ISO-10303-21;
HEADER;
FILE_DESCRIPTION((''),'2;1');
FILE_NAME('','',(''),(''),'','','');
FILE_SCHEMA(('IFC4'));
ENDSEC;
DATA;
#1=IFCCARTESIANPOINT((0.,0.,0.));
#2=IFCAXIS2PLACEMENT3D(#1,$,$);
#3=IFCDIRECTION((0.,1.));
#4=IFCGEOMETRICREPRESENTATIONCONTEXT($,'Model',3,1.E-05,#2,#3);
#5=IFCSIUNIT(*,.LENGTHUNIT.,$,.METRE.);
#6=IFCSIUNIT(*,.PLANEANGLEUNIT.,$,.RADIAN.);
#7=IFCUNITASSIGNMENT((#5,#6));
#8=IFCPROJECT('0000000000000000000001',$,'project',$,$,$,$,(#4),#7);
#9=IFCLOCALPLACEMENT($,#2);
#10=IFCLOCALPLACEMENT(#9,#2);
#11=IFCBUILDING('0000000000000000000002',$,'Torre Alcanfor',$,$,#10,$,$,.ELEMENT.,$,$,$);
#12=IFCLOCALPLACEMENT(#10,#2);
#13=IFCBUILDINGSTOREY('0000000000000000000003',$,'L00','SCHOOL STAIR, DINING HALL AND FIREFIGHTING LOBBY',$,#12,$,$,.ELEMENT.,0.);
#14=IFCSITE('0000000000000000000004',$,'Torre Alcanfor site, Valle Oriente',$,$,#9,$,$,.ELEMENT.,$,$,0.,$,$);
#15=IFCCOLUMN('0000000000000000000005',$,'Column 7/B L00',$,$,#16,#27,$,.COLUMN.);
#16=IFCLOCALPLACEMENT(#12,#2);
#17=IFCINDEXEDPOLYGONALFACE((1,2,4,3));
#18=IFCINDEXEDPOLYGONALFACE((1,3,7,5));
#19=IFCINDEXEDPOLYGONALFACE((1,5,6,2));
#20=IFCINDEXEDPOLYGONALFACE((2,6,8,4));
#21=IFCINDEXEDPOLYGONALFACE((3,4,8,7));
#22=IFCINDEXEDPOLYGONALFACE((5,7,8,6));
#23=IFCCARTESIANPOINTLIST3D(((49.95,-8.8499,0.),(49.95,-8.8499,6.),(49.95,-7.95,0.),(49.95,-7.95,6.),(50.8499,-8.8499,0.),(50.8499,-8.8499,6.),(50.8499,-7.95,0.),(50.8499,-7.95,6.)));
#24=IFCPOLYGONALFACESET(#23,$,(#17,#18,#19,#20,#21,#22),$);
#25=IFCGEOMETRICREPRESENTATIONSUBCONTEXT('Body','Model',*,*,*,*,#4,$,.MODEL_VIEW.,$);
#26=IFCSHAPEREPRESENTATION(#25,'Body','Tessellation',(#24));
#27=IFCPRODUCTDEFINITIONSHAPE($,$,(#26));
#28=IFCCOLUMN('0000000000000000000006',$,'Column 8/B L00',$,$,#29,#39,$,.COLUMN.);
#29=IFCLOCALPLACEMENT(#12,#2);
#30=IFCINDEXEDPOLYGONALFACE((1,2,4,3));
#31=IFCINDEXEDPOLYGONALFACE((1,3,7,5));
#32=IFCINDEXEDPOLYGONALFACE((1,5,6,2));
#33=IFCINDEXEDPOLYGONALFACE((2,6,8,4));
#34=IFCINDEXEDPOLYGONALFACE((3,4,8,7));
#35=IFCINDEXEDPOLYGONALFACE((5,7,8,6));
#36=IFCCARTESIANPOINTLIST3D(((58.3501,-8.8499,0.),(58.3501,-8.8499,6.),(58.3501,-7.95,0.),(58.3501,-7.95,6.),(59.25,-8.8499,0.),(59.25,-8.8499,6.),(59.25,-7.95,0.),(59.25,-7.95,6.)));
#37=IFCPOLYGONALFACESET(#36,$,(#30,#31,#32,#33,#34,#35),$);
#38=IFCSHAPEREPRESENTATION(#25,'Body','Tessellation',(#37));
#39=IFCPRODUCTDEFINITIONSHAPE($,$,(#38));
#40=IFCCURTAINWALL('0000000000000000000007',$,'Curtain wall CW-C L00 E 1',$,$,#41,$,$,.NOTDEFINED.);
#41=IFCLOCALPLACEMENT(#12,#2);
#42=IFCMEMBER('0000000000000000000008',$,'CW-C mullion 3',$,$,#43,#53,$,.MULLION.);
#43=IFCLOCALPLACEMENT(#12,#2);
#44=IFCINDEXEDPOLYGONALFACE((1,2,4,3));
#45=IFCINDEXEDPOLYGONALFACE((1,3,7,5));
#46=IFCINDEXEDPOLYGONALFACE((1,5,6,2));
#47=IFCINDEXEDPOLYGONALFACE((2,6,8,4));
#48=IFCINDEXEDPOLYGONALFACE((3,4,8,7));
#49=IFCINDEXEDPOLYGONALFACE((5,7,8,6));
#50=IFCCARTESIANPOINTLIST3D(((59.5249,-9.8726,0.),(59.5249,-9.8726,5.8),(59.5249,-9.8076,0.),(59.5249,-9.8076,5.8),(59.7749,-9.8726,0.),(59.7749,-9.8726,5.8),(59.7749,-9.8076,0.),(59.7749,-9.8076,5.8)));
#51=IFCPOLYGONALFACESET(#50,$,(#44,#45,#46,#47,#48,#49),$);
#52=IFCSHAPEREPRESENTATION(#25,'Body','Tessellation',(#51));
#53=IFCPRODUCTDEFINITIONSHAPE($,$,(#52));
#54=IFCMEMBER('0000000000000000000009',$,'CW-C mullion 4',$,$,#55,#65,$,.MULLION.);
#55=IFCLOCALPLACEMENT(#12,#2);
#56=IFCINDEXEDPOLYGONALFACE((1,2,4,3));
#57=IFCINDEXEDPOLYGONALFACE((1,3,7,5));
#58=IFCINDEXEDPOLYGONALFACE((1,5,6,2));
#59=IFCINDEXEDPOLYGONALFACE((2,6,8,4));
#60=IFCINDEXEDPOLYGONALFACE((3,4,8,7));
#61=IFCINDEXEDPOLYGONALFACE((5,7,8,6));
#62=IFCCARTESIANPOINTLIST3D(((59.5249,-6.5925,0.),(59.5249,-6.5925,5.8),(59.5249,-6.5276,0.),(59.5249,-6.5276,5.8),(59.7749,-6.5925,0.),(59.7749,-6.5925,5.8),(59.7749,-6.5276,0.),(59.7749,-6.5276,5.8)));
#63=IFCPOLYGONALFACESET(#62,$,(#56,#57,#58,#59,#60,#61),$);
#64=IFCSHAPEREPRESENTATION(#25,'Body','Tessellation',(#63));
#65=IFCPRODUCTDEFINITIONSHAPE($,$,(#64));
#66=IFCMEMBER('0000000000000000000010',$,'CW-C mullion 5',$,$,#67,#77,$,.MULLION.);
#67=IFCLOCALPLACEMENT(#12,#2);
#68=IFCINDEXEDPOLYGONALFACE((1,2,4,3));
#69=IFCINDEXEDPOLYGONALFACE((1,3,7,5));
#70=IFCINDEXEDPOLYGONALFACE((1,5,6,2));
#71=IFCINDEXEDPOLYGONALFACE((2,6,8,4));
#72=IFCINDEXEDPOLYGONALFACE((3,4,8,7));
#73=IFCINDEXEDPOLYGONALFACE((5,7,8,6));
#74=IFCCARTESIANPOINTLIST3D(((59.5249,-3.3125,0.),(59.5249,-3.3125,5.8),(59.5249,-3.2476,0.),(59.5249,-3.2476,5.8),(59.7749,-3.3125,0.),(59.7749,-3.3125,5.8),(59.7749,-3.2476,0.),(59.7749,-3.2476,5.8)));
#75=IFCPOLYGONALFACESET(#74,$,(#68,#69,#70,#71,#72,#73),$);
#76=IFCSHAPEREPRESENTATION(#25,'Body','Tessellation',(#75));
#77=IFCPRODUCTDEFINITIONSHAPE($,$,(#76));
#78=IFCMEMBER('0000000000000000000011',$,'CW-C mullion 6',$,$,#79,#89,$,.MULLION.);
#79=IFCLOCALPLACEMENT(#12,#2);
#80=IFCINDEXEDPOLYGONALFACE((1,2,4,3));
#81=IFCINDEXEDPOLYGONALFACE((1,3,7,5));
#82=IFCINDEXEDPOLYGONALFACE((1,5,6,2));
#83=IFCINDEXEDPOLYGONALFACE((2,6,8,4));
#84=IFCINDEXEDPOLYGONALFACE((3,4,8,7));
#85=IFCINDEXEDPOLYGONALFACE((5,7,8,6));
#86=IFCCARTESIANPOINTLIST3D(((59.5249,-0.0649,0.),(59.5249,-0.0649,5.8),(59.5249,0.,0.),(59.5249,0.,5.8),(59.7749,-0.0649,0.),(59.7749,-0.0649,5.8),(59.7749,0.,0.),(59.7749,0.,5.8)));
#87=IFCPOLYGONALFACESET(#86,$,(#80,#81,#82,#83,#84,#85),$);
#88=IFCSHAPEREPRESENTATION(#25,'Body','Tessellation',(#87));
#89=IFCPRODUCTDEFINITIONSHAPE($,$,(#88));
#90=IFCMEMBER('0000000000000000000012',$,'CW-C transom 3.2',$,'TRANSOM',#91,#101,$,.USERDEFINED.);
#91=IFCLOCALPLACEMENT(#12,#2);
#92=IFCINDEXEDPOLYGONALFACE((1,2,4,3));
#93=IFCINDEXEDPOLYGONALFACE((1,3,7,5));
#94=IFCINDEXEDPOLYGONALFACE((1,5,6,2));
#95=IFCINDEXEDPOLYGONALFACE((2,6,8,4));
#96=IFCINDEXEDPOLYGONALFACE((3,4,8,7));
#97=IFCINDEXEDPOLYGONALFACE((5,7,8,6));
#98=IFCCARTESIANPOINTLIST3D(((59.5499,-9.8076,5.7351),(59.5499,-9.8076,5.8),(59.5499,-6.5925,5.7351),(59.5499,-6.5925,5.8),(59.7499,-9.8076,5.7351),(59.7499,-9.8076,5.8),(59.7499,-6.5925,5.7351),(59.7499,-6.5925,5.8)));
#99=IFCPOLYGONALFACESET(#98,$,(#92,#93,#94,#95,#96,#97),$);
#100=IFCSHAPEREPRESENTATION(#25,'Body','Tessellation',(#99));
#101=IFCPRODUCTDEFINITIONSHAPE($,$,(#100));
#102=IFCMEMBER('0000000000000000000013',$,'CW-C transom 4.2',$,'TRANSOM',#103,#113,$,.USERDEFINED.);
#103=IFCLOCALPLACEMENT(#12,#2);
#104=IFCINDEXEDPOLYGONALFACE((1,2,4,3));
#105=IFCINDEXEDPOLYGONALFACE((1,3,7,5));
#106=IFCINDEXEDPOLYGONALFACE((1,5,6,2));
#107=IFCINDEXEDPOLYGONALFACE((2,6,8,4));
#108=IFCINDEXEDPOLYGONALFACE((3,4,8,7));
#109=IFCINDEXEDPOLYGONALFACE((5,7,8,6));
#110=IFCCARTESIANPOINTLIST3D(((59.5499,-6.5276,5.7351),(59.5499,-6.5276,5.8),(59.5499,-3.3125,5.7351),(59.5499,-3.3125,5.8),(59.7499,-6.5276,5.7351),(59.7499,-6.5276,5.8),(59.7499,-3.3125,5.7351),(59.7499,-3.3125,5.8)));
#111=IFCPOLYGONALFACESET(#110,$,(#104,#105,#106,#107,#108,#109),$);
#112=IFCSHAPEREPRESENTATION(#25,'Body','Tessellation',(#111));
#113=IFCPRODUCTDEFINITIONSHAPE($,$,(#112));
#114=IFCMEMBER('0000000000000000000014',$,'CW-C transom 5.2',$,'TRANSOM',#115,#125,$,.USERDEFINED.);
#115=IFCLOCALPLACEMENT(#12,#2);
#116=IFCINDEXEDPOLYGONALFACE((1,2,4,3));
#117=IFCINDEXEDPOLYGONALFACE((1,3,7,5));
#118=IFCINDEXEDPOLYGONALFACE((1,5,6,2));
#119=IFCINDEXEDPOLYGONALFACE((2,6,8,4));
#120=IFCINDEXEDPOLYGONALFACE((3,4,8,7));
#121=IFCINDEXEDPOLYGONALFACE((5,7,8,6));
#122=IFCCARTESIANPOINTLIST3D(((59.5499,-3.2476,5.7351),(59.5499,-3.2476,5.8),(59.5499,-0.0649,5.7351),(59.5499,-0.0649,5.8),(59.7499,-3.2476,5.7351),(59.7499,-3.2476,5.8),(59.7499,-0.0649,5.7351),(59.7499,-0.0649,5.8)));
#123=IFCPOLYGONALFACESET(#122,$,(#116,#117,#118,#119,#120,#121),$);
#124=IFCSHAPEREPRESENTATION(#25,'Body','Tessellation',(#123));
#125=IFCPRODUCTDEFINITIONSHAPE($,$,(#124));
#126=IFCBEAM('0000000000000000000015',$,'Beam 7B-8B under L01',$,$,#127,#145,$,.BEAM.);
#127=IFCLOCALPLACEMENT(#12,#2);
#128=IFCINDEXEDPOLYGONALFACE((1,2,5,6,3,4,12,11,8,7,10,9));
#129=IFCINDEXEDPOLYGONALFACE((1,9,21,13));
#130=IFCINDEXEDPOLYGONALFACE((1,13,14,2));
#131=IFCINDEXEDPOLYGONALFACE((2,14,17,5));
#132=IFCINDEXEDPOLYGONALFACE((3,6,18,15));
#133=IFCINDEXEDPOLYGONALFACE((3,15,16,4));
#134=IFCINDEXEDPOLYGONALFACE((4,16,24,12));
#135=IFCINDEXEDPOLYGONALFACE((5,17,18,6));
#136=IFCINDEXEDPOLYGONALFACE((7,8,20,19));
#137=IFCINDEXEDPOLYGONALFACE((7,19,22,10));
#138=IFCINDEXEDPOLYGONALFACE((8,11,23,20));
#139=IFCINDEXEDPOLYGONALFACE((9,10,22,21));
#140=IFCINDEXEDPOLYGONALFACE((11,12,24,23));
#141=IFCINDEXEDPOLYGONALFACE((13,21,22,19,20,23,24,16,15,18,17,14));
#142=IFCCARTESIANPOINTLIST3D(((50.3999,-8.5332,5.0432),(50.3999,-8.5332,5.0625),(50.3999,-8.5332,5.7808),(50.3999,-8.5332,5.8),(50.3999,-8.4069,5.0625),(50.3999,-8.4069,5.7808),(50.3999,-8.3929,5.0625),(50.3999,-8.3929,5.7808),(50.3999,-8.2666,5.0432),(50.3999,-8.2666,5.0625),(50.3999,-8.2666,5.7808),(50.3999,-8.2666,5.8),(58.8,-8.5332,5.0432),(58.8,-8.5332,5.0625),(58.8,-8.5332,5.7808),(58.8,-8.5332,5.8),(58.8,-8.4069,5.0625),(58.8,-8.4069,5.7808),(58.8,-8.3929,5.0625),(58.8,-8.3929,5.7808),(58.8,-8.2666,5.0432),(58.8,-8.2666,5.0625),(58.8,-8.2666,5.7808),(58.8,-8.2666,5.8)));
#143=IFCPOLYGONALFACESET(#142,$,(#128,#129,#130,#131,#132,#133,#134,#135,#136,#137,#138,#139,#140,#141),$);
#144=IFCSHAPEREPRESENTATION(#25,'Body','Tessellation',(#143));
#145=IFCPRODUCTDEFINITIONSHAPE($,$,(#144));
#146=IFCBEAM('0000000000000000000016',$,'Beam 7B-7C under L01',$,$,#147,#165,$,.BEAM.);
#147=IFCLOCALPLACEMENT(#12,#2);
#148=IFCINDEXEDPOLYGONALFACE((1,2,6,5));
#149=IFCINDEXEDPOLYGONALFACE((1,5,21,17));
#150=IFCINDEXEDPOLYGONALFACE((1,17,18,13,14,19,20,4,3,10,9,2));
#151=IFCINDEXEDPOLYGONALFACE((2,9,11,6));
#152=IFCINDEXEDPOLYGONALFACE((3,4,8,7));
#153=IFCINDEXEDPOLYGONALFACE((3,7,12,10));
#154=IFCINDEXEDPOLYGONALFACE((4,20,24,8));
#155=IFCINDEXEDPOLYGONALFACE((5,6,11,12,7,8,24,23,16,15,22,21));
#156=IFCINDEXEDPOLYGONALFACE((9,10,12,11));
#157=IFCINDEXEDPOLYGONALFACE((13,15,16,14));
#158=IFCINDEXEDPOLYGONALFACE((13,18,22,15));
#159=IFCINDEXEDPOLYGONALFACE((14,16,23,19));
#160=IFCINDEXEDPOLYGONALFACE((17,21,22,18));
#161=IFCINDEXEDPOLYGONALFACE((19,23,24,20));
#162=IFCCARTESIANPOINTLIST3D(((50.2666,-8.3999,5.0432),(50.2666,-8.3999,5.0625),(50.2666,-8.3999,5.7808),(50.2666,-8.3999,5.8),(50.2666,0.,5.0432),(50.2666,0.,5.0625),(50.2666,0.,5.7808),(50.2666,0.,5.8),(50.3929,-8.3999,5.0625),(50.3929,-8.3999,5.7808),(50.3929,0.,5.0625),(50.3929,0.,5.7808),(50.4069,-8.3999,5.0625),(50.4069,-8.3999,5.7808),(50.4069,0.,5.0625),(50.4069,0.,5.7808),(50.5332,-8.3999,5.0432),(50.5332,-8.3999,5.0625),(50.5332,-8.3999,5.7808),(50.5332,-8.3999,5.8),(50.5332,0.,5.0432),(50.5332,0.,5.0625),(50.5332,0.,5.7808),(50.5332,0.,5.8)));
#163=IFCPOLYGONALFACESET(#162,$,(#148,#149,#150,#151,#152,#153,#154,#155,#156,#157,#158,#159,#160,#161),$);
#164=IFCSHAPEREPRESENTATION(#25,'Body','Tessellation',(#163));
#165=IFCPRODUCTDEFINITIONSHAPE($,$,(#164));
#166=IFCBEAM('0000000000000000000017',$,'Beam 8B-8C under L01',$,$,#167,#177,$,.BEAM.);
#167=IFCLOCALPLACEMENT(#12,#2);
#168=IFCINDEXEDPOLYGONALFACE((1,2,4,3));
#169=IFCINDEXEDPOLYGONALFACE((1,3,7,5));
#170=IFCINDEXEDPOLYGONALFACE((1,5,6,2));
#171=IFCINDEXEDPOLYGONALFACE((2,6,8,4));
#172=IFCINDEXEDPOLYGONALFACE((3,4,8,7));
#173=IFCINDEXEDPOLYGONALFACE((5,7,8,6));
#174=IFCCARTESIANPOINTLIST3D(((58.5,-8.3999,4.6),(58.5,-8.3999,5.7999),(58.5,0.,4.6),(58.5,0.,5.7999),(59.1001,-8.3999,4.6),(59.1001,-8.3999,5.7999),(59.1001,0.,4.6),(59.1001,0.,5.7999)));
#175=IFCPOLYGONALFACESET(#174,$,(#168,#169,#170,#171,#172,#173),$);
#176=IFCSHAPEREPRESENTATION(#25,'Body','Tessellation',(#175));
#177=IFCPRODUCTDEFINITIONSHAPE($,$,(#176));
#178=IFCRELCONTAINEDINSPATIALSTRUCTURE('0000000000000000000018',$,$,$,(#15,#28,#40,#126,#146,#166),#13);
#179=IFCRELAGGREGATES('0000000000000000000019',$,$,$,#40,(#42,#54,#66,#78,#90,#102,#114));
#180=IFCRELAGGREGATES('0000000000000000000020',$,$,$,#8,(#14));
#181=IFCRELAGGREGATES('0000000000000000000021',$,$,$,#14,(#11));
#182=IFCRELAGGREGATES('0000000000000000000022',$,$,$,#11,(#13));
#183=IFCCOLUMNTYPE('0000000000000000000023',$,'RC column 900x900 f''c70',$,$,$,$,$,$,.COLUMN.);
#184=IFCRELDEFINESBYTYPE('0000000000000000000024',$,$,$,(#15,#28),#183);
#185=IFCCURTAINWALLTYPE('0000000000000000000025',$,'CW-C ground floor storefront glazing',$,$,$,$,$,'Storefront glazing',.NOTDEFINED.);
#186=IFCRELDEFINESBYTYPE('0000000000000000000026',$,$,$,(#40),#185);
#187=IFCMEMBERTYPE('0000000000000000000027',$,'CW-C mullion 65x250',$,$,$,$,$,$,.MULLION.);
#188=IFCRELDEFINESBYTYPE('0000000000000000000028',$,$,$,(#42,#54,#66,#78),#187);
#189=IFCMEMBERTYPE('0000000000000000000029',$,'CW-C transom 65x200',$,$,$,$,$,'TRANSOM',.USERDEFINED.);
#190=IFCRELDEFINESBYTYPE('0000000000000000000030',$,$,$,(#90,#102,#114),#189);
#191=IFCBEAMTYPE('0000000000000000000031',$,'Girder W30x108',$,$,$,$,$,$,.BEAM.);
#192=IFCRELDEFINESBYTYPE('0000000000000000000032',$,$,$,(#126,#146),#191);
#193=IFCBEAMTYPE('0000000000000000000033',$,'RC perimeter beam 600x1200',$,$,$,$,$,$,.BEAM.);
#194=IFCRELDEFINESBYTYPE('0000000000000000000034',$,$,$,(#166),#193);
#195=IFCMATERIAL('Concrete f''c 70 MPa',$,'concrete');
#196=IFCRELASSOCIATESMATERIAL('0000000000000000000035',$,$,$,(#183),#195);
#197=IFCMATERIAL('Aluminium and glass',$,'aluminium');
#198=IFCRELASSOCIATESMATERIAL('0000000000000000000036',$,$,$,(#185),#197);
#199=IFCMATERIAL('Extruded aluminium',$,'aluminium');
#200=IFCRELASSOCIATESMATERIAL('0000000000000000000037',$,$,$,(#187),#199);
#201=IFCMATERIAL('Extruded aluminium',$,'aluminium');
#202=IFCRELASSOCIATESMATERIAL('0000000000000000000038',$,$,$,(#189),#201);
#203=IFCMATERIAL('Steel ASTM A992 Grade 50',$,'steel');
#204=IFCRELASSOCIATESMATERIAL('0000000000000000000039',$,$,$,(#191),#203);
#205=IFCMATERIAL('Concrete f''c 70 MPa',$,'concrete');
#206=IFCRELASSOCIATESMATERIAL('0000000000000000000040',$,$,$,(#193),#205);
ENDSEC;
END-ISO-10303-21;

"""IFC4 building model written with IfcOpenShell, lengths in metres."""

from ifc_helpers import new_model, si_unit, direction, frame, origin, origin_2d, place, context, subcontext, project, spatial, rectangle, i_section, extrude, material, material_profile, profile_set, type_object, element, aggregate, save


model = new_model("IFC4")

# Units and contexts
model_context = context("Model", 3, precision=1e-05, world=origin(), true_north=direction((0.0, 1.0)))
body_context = subcontext(model_context, "Body", "Model", "MODEL_VIEW")
ifc_project = project(units=[si_unit("LENGTHUNIT", "METRE"), si_unit("PLANEANGLEUNIT", "RADIAN")], contexts=[model_context])

# Site, building, storey
site_placement = place(None, origin())
site = spatial("IfcSite", under=ifc_project, at=site_placement, Name="Torre Alcanfor site, Valle Oriente", CompositionType="ELEMENT", RefElevation=0.0)
building_placement = place(site_placement, origin())
building = spatial("IfcBuilding", under=site, at=building_placement, Name="Torre Alcanfor", CompositionType="ELEMENT")
storey_placement = place(building_placement, origin())
storey = spatial("IfcBuildingStorey", under=building, at=storey_placement, Name="L00", Description="SCHOOL STAIR, DINING HALL AND FIREFIGHTING LOBBY", CompositionType="ELEMENT", Elevation=0.0)

# Columns
ifc_material_1 = material(Name="Concrete f'c 70 MPa", Category="concrete")
ifc_material_profile_1 = material_profile(ifc_material_1, rectangle(XDim=0.8999, YDim=0.8999, at=origin_2d()), Name="900x900")
ifc_profile_set_1 = profile_set([ifc_material_profile_1], Name="Concrete f'c 70 MPa")
column_type = type_object("IfcColumnType", Name="RC column 900x900 f'c70", PredefinedType="COLUMN", material=ifc_profile_set_1)
for number, where, z_axis, x_axis, name in (
    (1, (50.3999, -8.3999, 0.0), (0.0, 0.0, 1.0), (1.0, 0.0, 0.0), "Column 7/B L00"),
    (2, (58.8, -8.3999, 0.0), (0.0, 0.0, 1.0), (1.0, 0.0, 0.0), "Column 8/B L00"),
):
    element("IfcColumn", number, at=place(storey_placement, frame(where, z_axis=z_axis, x_axis=x_axis)), inside=storey, type_object=column_type, Name=name, PredefinedType="COLUMN", context=body_context, shape_type="SweptSolid", body=[
        extrude(rectangle(XDim=0.8999, YDim=0.8999, at=origin_2d()), origin(), (0.0, 0.0, 1.0), 6.0),
    ])

# Curtain wall, members
ifc_material_2 = material(Name="Aluminium and glass", Category="aluminium")
curtain_wall_type = type_object("IfcCurtainWallType", Name="CW-C ground floor storefront glazing", ElementType="Storefront glazing", PredefinedType="NOTDEFINED", material=ifc_material_2)
curtain_wall_placement = place(storey_placement, origin())
curtain_wall = element("IfcCurtainWall", 3, at=curtain_wall_placement, inside=storey, type_object=curtain_wall_type, Name="Curtain wall CW-C L00 E 1", PredefinedType="NOTDEFINED")
ifc_material_3 = material(Name="Extruded aluminium", Category="aluminium")
ifc_material_profile_2 = material_profile(ifc_material_3, rectangle(XDim=0.25, YDim=0.0649, at=origin_2d()), Name="CW-C mullion 65x250")
ifc_profile_set_2 = profile_set([ifc_material_profile_2], Name="Extruded aluminium")
member_type_1 = type_object("IfcMemberType", Name="CW-C mullion 65x250", PredefinedType="MULLION", material=ifc_profile_set_2)
member_1_placement = place(storey_placement, frame((59.6499, -9.8401, 0.0), z_axis=(0.0, 0.0, 1.0), x_axis=(-1.0, 0.0, 0.0)))
member_1 = element("IfcMember", 4, at=member_1_placement, type_object=member_type_1, Name="CW-C mullion 3", PredefinedType="MULLION", context=body_context, shape_type="SweptSolid", body=[
    extrude(rectangle(XDim=0.25, YDim=0.0649, at=origin_2d()), origin(), (0.0, 0.0, 1.0), 5.8),
])
member_2_placement = place(storey_placement, frame((59.6499, -6.5601, 0.0), z_axis=(0.0, 0.0, 1.0), x_axis=(-1.0, 0.0, 0.0)))
member_2 = element("IfcMember", 5, at=member_2_placement, type_object=member_type_1, Name="CW-C mullion 4", PredefinedType="MULLION", context=body_context, shape_type="SweptSolid", body=[
    extrude(rectangle(XDim=0.25, YDim=0.0649, at=origin_2d()), origin(), (0.0, 0.0, 1.0), 5.8),
])
member_3_placement = place(storey_placement, frame((59.6499, -3.28, 0.0), z_axis=(0.0, 0.0, 1.0), x_axis=(-1.0, 0.0, 0.0)))
member_3 = element("IfcMember", 6, at=member_3_placement, type_object=member_type_1, Name="CW-C mullion 5", PredefinedType="MULLION", context=body_context, shape_type="SweptSolid", body=[
    extrude(rectangle(XDim=0.25, YDim=0.0649, at=origin_2d()), origin(), (0.0, 0.0, 1.0), 5.8),
])
member_4_placement = place(storey_placement, frame((59.6499, -0.0325, 0.0), z_axis=(0.0, 0.0, 1.0), x_axis=(-1.0, 0.0, 0.0)))
member_4 = element("IfcMember", 7, at=member_4_placement, type_object=member_type_1, Name="CW-C mullion 6", PredefinedType="MULLION", context=body_context, shape_type="SweptSolid", body=[
    extrude(rectangle(XDim=0.25, YDim=0.0649, at=origin_2d()), origin(), (0.0, 0.0, 1.0), 5.8),
])
ifc_material_4 = material(Name="Extruded aluminium", Category="aluminium")
ifc_material_profile_3 = material_profile(ifc_material_4, rectangle(XDim=0.2, YDim=0.0649, at=origin_2d()), Name="CW-C transom 200x65")
ifc_profile_set_3 = profile_set([ifc_material_profile_3], Name="Extruded aluminium")
member_type_2 = type_object("IfcMemberType", Name="CW-C transom 65x200", ElementType="TRANSOM", PredefinedType="USERDEFINED", material=ifc_profile_set_3)
member_5_placement = place(storey_placement, frame((59.6499, -9.8076, 5.7676), z_axis=(0.0, 1.0, 0.0), x_axis=(-1.0, 0.0, 0.0)))
member_5 = element("IfcMember", 8, at=member_5_placement, type_object=member_type_2, Name="CW-C transom 3.2", ObjectType="TRANSOM", PredefinedType="USERDEFINED", context=body_context, shape_type="SweptSolid", body=[
    extrude(rectangle(XDim=0.2, YDim=0.0649, at=origin_2d()), origin(), (0.0, 0.0, 1.0), 3.2151),
])
member_6_placement = place(storey_placement, frame((59.6499, -6.5276, 5.7676), z_axis=(0.0, 1.0, 0.0), x_axis=(-1.0, 0.0, 0.0)))
member_6 = element("IfcMember", 9, at=member_6_placement, type_object=member_type_2, Name="CW-C transom 4.2", ObjectType="TRANSOM", PredefinedType="USERDEFINED", context=body_context, shape_type="SweptSolid", body=[
    extrude(rectangle(XDim=0.2, YDim=0.0649, at=origin_2d()), origin(), (0.0, 0.0, 1.0), 3.2151),
])
member_7_placement = place(storey_placement, frame((59.6499, -3.2476, 5.7676), z_axis=(0.0, 1.0, 0.0), x_axis=(-1.0, 0.0, 0.0)))
member_7 = element("IfcMember", 10, at=member_7_placement, type_object=member_type_2, Name="CW-C transom 5.2", ObjectType="TRANSOM", PredefinedType="USERDEFINED", context=body_context, shape_type="SweptSolid", body=[
    extrude(rectangle(XDim=0.2, YDim=0.0649, at=origin_2d()), origin(), (0.0, 0.0, 1.0), 3.1826),
])

# Beams
ifc_material_5 = material(Name="Steel ASTM A992 Grade 50", Category="steel")
ifc_material_profile_4 = material_profile(ifc_material_5, i_section(OverallWidth=0.2666, OverallDepth=0.7568, WebThickness=0.0139, FlangeThickness=0.0193, at=origin_2d()), Name="W30x108")
ifc_profile_set_4 = profile_set([ifc_material_profile_4], Name="Steel ASTM A992 Grade 50")
beam_type_1 = type_object("IfcBeamType", Name="Girder W30x108", PredefinedType="BEAM", material=ifc_profile_set_4)
beam_1_placement = place(storey_placement, frame((50.3999, -8.3999, 5.4216), z_axis=(1.0, 0.0, 0.0), x_axis=(0.0, 1.0, 0.0)))
element("IfcBeam", 11, at=beam_1_placement, inside=storey, type_object=beam_type_1, Name="Beam 7B-8B under L01", PredefinedType="BEAM", context=body_context, shape_type="SweptSolid", body=[
    extrude(i_section(OverallWidth=0.2666, OverallDepth=0.7568, WebThickness=0.0139, FlangeThickness=0.0193, at=origin_2d()), origin(), (0.0, 0.0, 1.0), 8.4001),
])
beam_2_placement = place(storey_placement, frame((50.3999, -8.3999, 5.4216), z_axis=(0.0, 1.0, 0.0), x_axis=(-1.0, 0.0, 0.0)))
element("IfcBeam", 12, at=beam_2_placement, inside=storey, type_object=beam_type_1, Name="Beam 7B-7C under L01", PredefinedType="BEAM", context=body_context, shape_type="SweptSolid", body=[
    extrude(i_section(OverallWidth=0.2666, OverallDepth=0.7568, WebThickness=0.0139, FlangeThickness=0.0193, at=origin_2d()), origin(), (0.0, 0.0, 1.0), 8.3999),
])
ifc_material_6 = material(Name="Concrete f'c 70 MPa", Category="concrete")
ifc_material_profile_5 = material_profile(ifc_material_6, rectangle(XDim=0.6001, YDim=1.2, at=origin_2d()), Name="600x1200")
ifc_profile_set_5 = profile_set([ifc_material_profile_5], Name="Concrete f'c 70 MPa")
beam_type_2 = type_object("IfcBeamType", Name="RC perimeter beam 600x1200", PredefinedType="BEAM", material=ifc_profile_set_5)
beam_3_placement = place(storey_placement, frame((58.8, -8.3999, 5.2), z_axis=(0.0, 1.0, 0.0), x_axis=(-1.0, 0.0, 0.0)))
element("IfcBeam", 13, at=beam_3_placement, inside=storey, type_object=beam_type_2, Name="Beam 8B-8C under L01", PredefinedType="BEAM", context=body_context, shape_type="SweptSolid", body=[
    extrude(rectangle(XDim=0.6001, YDim=1.2, at=origin_2d()), origin(), (0.0, 0.0, 1.0), 8.3999),
])

aggregate(curtain_wall, [member_1, member_2, member_3, member_4, member_5, member_6, member_7])

save(model, "model.ifc")
